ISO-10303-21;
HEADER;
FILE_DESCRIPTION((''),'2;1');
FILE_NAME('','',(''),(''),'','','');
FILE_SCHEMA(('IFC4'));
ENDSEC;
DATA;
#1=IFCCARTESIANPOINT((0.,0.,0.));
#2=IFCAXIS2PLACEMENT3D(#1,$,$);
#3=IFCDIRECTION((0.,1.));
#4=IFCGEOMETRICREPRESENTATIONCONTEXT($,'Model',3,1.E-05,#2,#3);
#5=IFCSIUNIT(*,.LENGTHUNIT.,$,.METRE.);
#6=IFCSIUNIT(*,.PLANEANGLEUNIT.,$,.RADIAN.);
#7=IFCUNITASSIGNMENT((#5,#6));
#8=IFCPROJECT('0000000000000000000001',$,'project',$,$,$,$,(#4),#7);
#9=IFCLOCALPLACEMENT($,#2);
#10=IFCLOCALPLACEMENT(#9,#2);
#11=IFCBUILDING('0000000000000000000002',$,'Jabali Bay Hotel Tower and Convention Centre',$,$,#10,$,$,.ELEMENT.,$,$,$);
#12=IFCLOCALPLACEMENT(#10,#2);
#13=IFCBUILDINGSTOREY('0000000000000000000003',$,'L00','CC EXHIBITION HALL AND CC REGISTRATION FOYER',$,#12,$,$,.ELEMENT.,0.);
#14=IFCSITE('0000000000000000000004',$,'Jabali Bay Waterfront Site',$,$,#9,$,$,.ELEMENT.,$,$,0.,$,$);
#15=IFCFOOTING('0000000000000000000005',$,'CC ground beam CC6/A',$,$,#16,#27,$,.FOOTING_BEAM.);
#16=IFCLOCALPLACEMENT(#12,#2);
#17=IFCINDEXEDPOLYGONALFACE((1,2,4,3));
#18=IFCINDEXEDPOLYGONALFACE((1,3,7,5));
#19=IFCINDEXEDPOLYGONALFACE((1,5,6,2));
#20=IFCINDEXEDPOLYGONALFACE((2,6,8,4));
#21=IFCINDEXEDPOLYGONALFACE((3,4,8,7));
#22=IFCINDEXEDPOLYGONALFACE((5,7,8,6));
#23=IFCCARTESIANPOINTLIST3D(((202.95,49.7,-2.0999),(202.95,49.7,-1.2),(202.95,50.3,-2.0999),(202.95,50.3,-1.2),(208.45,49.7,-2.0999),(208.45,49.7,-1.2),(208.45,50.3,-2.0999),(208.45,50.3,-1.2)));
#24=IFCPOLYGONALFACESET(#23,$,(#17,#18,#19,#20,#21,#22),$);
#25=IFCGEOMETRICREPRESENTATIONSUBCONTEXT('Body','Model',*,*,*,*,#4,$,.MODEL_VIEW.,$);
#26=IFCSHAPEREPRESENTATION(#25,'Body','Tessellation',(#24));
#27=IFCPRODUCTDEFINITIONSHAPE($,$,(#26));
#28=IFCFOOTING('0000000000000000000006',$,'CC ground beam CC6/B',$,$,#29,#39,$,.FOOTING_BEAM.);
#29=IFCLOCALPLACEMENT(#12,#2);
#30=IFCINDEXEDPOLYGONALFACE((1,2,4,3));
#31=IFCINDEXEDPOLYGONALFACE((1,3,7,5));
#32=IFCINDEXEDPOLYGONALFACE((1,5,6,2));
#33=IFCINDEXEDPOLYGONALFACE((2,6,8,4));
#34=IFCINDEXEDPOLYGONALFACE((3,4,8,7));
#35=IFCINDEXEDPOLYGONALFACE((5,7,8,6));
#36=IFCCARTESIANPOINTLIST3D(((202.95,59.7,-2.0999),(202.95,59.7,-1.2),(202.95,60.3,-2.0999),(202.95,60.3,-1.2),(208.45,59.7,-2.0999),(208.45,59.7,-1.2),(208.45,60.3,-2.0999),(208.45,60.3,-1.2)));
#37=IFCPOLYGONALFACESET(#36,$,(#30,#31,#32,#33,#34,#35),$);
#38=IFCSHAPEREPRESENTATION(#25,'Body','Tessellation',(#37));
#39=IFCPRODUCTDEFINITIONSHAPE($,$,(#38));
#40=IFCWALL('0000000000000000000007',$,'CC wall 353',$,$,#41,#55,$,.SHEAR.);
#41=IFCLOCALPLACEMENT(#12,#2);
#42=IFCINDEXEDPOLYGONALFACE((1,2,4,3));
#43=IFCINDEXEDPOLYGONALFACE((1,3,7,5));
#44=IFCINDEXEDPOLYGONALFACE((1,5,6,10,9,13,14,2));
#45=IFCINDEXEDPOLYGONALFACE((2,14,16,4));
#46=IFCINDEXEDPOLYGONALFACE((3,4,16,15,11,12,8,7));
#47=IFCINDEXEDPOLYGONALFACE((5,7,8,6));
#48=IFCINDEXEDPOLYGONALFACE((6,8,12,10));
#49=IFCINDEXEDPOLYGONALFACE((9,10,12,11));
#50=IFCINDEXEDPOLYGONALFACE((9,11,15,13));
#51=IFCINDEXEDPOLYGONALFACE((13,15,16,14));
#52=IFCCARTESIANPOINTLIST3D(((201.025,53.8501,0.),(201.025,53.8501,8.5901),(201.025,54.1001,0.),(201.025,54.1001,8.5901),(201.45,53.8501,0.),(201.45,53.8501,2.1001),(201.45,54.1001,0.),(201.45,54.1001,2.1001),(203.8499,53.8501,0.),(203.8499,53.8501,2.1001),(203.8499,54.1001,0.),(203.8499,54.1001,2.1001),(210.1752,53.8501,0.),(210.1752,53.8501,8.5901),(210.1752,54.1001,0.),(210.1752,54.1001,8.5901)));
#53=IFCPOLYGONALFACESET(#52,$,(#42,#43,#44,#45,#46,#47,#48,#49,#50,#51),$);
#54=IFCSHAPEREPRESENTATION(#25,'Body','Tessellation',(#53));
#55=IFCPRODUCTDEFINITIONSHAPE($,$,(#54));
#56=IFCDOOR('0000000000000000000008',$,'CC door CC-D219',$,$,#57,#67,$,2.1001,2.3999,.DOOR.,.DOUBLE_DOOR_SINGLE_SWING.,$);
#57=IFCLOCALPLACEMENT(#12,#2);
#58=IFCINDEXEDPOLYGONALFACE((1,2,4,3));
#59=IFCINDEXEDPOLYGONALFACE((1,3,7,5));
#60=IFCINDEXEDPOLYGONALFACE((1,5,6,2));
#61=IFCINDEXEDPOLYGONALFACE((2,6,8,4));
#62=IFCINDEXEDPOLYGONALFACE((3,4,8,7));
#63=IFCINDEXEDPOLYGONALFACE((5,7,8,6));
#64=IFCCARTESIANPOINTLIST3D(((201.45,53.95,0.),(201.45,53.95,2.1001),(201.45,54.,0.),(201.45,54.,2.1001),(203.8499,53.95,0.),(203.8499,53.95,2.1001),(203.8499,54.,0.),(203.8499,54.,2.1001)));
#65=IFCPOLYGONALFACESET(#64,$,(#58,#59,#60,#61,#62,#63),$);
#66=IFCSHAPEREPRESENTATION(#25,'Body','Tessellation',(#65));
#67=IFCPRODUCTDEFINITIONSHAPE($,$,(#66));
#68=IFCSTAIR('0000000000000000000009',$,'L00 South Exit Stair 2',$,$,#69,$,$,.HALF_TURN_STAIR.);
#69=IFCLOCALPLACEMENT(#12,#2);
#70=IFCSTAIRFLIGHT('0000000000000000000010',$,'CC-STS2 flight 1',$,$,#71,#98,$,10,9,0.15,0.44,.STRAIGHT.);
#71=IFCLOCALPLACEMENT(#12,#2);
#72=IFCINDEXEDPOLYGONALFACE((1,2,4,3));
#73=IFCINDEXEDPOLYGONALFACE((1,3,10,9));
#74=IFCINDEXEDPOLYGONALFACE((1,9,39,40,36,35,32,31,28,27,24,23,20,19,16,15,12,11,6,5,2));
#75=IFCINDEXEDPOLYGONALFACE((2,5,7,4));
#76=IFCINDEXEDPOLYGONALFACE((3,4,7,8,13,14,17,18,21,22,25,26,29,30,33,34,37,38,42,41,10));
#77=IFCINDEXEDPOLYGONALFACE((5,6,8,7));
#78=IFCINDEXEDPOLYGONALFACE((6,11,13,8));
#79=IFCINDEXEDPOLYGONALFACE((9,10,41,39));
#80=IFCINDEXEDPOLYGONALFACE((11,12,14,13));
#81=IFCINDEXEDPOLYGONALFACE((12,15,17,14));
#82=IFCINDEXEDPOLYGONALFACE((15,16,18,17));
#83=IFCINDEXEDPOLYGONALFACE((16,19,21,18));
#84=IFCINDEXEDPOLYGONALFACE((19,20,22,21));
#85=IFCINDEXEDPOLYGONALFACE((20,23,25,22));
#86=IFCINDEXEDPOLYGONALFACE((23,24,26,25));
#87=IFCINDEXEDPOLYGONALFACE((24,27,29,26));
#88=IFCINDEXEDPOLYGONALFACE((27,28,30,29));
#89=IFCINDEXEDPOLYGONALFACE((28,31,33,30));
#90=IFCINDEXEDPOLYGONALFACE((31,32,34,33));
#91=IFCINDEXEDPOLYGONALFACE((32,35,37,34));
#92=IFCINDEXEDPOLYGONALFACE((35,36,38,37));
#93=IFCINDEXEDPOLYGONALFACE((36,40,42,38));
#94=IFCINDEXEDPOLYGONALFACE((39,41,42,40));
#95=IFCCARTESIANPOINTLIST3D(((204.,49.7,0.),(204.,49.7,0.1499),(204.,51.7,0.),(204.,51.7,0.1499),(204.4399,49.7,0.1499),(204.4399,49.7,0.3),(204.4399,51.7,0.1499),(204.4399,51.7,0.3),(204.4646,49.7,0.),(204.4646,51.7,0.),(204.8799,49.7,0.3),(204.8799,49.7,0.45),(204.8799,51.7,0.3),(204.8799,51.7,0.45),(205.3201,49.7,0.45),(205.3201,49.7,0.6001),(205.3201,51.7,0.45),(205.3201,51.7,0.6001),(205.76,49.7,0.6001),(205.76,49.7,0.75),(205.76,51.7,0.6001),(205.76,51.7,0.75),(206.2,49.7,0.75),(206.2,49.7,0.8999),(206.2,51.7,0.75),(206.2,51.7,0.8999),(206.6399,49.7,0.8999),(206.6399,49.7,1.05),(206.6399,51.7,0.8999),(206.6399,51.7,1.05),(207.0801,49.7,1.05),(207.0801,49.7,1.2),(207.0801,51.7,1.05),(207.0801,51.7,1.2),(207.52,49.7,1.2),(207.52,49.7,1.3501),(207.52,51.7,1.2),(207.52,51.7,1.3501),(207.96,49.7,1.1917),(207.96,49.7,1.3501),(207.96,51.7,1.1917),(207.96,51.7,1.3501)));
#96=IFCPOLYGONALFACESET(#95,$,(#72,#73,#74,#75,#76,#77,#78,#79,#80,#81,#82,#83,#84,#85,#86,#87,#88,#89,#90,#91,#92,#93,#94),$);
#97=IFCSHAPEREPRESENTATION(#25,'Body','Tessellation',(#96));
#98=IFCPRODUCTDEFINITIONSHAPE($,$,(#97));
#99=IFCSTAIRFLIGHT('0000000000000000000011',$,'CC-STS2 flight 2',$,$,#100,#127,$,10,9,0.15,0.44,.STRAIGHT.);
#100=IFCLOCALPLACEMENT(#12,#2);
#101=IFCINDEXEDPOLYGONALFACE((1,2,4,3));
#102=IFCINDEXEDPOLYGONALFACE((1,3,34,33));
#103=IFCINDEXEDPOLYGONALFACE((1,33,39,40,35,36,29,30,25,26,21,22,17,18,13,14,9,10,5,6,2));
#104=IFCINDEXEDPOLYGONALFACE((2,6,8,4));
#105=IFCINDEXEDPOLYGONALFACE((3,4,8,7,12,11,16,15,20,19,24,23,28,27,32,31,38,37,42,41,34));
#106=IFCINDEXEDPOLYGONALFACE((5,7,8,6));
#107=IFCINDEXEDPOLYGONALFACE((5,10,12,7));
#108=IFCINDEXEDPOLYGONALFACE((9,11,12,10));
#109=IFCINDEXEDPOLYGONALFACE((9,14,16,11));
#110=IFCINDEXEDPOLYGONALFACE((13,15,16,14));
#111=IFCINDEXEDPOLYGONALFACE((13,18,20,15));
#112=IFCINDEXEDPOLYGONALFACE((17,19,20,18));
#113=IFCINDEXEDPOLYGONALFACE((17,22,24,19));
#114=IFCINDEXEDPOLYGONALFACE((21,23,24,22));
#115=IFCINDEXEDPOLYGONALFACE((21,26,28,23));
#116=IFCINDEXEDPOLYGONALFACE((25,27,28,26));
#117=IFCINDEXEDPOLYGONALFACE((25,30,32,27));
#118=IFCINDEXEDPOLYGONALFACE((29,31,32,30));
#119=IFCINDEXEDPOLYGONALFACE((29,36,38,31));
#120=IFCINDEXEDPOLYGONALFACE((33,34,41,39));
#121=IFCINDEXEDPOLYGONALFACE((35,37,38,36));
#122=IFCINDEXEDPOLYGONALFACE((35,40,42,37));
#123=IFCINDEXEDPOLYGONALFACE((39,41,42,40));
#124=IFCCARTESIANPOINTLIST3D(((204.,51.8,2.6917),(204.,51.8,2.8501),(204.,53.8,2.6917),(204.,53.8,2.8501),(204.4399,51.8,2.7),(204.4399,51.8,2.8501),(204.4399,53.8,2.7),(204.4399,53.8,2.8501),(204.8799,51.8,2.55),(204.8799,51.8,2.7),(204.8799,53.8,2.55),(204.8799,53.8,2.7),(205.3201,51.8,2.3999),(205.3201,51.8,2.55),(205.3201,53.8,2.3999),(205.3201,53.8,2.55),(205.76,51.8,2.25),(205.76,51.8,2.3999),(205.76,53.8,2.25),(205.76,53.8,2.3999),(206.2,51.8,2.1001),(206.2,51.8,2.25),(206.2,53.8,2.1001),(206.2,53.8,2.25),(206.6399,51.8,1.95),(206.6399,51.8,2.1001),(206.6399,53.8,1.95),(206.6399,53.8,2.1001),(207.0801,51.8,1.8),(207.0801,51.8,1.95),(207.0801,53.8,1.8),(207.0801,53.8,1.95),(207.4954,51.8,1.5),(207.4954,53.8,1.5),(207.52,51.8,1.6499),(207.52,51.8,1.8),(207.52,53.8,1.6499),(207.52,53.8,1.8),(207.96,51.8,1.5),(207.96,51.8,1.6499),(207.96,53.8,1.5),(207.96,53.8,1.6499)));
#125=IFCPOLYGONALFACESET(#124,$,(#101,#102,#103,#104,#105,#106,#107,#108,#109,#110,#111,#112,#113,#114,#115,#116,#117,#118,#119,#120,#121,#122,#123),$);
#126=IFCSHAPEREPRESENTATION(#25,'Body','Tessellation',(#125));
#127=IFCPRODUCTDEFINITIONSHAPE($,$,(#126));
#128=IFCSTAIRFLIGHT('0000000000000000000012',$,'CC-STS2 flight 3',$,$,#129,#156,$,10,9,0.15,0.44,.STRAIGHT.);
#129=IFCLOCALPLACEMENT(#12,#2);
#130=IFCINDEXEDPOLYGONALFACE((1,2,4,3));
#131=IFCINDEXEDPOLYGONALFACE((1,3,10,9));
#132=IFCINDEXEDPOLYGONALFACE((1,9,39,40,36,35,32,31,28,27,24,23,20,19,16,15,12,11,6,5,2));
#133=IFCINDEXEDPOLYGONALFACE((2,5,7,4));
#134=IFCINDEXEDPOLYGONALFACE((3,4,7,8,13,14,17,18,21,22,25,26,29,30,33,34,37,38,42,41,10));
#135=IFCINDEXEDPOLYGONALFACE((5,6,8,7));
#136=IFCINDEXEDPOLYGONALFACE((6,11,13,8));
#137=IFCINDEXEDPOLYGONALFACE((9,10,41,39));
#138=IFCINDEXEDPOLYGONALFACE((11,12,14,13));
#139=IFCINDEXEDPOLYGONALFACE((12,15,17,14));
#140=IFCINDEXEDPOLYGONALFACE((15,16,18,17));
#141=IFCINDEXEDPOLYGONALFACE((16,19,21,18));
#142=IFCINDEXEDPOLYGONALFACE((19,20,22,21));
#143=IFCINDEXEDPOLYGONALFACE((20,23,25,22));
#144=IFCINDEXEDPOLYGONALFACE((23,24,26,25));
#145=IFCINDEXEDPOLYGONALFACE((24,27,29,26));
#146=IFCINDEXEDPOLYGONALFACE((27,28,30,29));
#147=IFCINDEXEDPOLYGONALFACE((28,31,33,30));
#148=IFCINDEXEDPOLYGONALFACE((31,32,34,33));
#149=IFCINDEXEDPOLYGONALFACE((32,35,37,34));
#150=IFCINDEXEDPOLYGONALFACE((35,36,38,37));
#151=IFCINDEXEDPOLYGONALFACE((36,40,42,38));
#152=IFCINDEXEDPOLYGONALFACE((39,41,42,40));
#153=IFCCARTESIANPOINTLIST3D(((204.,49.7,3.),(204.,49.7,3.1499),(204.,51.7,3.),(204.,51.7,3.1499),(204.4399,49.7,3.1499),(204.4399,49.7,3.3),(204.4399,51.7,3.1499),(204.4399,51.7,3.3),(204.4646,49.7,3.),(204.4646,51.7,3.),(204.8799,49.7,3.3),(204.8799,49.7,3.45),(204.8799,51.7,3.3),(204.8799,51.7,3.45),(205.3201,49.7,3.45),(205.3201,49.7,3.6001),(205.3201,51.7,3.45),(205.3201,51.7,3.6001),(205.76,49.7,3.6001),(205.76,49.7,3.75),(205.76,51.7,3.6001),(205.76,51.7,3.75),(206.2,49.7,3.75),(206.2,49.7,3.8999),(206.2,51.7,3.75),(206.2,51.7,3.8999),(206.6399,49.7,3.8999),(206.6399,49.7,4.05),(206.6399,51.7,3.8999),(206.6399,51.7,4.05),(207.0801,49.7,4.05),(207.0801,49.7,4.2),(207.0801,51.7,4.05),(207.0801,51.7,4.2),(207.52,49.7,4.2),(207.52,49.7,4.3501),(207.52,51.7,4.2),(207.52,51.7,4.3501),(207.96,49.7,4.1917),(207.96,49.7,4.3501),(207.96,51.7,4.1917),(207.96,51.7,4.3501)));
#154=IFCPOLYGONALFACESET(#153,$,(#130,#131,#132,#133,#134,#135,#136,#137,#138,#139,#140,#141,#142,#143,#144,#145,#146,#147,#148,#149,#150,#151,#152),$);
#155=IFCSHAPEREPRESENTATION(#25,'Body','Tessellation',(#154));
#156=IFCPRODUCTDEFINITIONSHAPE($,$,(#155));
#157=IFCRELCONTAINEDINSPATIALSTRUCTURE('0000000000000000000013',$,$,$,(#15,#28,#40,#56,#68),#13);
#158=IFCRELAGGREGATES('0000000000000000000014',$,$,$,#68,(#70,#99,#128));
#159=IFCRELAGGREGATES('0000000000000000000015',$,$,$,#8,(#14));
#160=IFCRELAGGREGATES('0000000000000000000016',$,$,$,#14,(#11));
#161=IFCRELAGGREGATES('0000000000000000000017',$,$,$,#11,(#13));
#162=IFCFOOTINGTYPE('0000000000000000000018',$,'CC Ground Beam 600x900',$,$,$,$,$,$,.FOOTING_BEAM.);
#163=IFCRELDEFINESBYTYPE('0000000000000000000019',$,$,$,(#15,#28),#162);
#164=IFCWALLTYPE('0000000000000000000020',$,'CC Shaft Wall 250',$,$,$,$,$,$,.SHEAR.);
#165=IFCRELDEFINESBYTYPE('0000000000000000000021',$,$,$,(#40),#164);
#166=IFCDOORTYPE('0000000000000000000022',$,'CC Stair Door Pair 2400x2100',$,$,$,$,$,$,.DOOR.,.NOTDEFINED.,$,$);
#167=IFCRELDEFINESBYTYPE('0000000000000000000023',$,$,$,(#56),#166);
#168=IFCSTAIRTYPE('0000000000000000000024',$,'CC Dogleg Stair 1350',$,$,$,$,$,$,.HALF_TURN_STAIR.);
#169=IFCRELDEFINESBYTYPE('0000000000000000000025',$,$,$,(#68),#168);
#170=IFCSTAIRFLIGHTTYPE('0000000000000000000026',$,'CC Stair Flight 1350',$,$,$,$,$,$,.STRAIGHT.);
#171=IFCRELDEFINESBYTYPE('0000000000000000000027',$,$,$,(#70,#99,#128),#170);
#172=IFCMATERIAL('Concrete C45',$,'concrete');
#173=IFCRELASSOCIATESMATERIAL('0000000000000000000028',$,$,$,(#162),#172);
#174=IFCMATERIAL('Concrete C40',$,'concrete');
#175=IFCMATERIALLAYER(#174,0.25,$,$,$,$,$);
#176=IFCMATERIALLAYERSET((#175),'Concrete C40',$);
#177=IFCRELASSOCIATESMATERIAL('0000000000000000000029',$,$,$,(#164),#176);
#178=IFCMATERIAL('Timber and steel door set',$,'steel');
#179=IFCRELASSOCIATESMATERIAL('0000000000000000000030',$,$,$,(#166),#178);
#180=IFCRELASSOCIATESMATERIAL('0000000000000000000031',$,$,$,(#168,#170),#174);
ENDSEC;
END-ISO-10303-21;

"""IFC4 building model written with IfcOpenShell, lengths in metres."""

from ifc_helpers import new_model, si_unit, direction, frame, frame_2d, origin, origin_2d, place, context, subcontext, project, spatial, polyline, rectangle, outline, extrude, material, layer, layer_set, material_profile, profile_set, type_object, element, fill, aggregate, save


model = new_model("IFC4")

# Units and contexts
model_context = context("Model", 3, precision=1e-05, world=origin(), true_north=direction((0.0, 1.0)))
body_context = subcontext(model_context, "Body", "Model", "MODEL_VIEW")
ifc_project = project(units=[si_unit("LENGTHUNIT", "METRE"), si_unit("PLANEANGLEUNIT", "RADIAN")], contexts=[model_context])

# Site, building, storey
site_placement = place(None, origin())
site = spatial("IfcSite", under=ifc_project, at=site_placement, Name="Jabali Bay Waterfront Site", CompositionType="ELEMENT", RefElevation=0.0)
building_placement = place(site_placement, origin())
building = spatial("IfcBuilding", under=site, at=building_placement, Name="Jabali Bay Hotel Tower and Convention Centre", CompositionType="ELEMENT")
storey_placement = place(building_placement, origin())
storey = spatial("IfcBuildingStorey", under=building, at=storey_placement, Name="L00", Description="CC EXHIBITION HALL AND CC REGISTRATION FOYER", CompositionType="ELEMENT", Elevation=0.0)

# Footings
ifc_material_1 = material(Name="Concrete C45", Category="concrete")
ifc_material_profile = material_profile(ifc_material_1, rectangle(XDim=0.6001, YDim=0.8999, at=origin_2d()), Name="RC 600x900")
ifc_profile_set = profile_set([ifc_material_profile], Name="Concrete C45")
footing_type = type_object("IfcFootingType", Name="CC Ground Beam 600x900", PredefinedType="FOOTING_BEAM", material=ifc_profile_set)
for number, where, z_axis, x_axis, name in (
    (1, (202.95, 50.0, -1.6499), (1.0, 0.0, 0.0), (0.0, 1.0, 0.0), "CC ground beam CC6/A"),
    (2, (202.95, 60.0, -1.6499), (1.0, 0.0, 0.0), (0.0, 1.0, 0.0), "CC ground beam CC6/B"),
):
    element("IfcFooting", number, at=place(storey_placement, frame(where, z_axis=z_axis, x_axis=x_axis)), inside=storey, type_object=footing_type, Name=name, PredefinedType="FOOTING_BEAM", context=body_context, shape_type="SweptSolid", body=[
        extrude(rectangle(XDim=0.6001, YDim=0.8999, at=origin_2d()), origin(), (0.0, 0.0, 1.0), 5.5),
    ])

# Wall, opening, door
ifc_material_2 = material(Name="Concrete C40", Category="concrete")
ifc_layer = layer(ifc_material_2, 0.25)
ifc_layer_set = layer_set([ifc_layer], Name="Concrete C40")
wall_type = type_object("IfcWallType", Name="CC Shaft Wall 250", PredefinedType="SHEAR", material=ifc_layer_set)
wall_placement = place(storey_placement, frame((201.0249, 53.9751, 0.0), z_axis=(0.0, 0.0, 1.0), x_axis=(1.0, 0.0, 0.0)))
wall = element("IfcWall", 3, at=wall_placement, inside=storey, type_object=wall_type, Name="CC wall 353", PredefinedType="SHEAR", context=body_context, shape_type="SweptSolid", body=[
    extrude(rectangle(XDim=9.1501, YDim=0.25, at=frame_2d((4.5752, 0.0))), origin(), (0.0, 0.0, 1.0), 8.5901),
])
opening_placement = place(wall_placement, frame((0.425, 0.0, 0.0)))
opening = element("IfcOpeningElement", 4, at=opening_placement, cuts=wall, PredefinedType="OPENING", context=body_context, shape_type="SweptSolid", body=[
    extrude(rectangle(XDim=2.3999, YDim=2.1001, at=frame_2d((1.2, 1.05))), frame((0.0, 0.1355, 0.0), z_axis=(0.0, -1.0, 0.0), x_axis=(1.0, 0.0, 0.0)), (0.0, 0.0, 1.0), 0.271),
])
ifc_material_3 = material(Name="Timber and steel door set", Category="steel")
door_type = type_object("IfcDoorType", Name="CC Stair Door Pair 2400x2100", OperationType="NOTDEFINED", PredefinedType="DOOR", material=ifc_material_3)
door_placement = place(opening_placement, origin())
door = element("IfcDoor", 5, at=door_placement, inside=storey, type_object=door_type, Name="CC door CC-D219", OperationType="DOUBLE_DOOR_SINGLE_SWING", OverallHeight=2.1001, OverallWidth=2.3999, PredefinedType="DOOR", context=body_context, shape_type="SweptSolid", body=[
    extrude(rectangle(XDim=2.3999, YDim=2.1001, at=frame_2d((1.2, 1.05))), frame((0.0, 0.0249, 0.0), z_axis=(0.0, -1.0, 0.0), x_axis=(1.0, 0.0, 0.0)), (0.0, 0.0, 1.0), 0.05),
])
fill(opening, door)

# Stair, stair flights
stair_type = type_object("IfcStairType", Name="CC Dogleg Stair 1350", PredefinedType="HALF_TURN_STAIR", material=ifc_material_2)
stair_placement = place(storey_placement, origin())
stair = element("IfcStair", 6, at=stair_placement, inside=storey, type_object=stair_type, Name="L00 South Exit Stair 2", PredefinedType="HALF_TURN_STAIR")
stair_flight_type = type_object("IfcStairFlightType", Name="CC Stair Flight 1350", PredefinedType="STRAIGHT", material=ifc_material_2)
stair_flight_1_placement = place(storey_placement, frame((204.0, 50.7, 0.0), z_axis=(0.0, 0.0, 1.0), x_axis=(1.0, 0.0, 0.0)))
stair_flight_1 = element("IfcStairFlight", 7, at=stair_flight_1_placement, type_object=stair_flight_type, Name="CC-STS2 flight 1", NumberOfRisers=10, NumberOfTreads=9, PredefinedType="STRAIGHT", RiserHeight=0.15, TreadLength=0.44, context=body_context, shape_type="SweptSolid", body=[
    extrude(outline(polyline([(0.0, 0.0), (0.0, 0.1499), (0.4399, 0.1499), (0.4399, 0.3), (0.8799, 0.3), (0.8799, 0.45), (1.3201, 0.45), (1.3201, 0.6001), (1.76, 0.6001), (1.76, 0.75), (2.2, 0.75), (2.2, 0.8999), (2.6399, 0.8999), (2.6399, 1.05), (3.0801, 1.05), (3.0801, 1.2), (3.52, 1.2), (3.52, 1.3501), (3.96, 1.3501), (3.96, 1.5), (3.96, 1.1917), (0.4646, 0.0), (0.0, 0.0)])), frame((0.0, 1.0, 0.0), z_axis=(0.0, -1.0, 0.0), x_axis=(1.0, 0.0, 0.0)), (0.0, 0.0, 1.0), 2.0),
])
stair_flight_2_placement = place(storey_placement, frame((207.96, 52.8, 1.5), z_axis=(0.0, 0.0, 1.0), x_axis=(-1.0, 0.0, 0.0)))
stair_flight_2 = element("IfcStairFlight", 8, at=stair_flight_2_placement, type_object=stair_flight_type, Name="CC-STS2 flight 2", NumberOfRisers=10, NumberOfTreads=9, PredefinedType="STRAIGHT", RiserHeight=0.15, TreadLength=0.44, context=body_context, shape_type="SweptSolid", body=[
    extrude(outline(polyline([(0.0, 0.0), (0.0, 0.1499), (0.4399, 0.1499), (0.4399, 0.3), (0.8799, 0.3), (0.8799, 0.45), (1.3201, 0.45), (1.3201, 0.6001), (1.76, 0.6001), (1.76, 0.75), (2.2, 0.75), (2.2, 0.8999), (2.6399, 0.8999), (2.6399, 1.05), (3.0801, 1.05), (3.0801, 1.2), (3.52, 1.2), (3.52, 1.3501), (3.96, 1.3501), (3.96, 1.5), (3.96, 1.1917), (0.4646, 0.0), (0.0, 0.0)])), frame((0.0, 1.0, 0.0), z_axis=(0.0, -1.0, 0.0), x_axis=(1.0, 0.0, 0.0)), (0.0, 0.0, 1.0), 2.0),
])
stair_flight_3_placement = place(storey_placement, frame((204.0, 50.7, 3.0), z_axis=(0.0, 0.0, 1.0), x_axis=(1.0, 0.0, 0.0)))
stair_flight_3 = element("IfcStairFlight", 9, at=stair_flight_3_placement, type_object=stair_flight_type, Name="CC-STS2 flight 3", NumberOfRisers=10, NumberOfTreads=9, PredefinedType="STRAIGHT", RiserHeight=0.15, TreadLength=0.44, context=body_context, shape_type="SweptSolid", body=[
    extrude(outline(polyline([(0.0, 0.0), (0.0, 0.1499), (0.4399, 0.1499), (0.4399, 0.3), (0.8799, 0.3), (0.8799, 0.45), (1.3201, 0.45), (1.3201, 0.6001), (1.76, 0.6001), (1.76, 0.75), (2.2, 0.75), (2.2, 0.8999), (2.6399, 0.8999), (2.6399, 1.05), (3.0801, 1.05), (3.0801, 1.2), (3.52, 1.2), (3.52, 1.3501), (3.96, 1.3501), (3.96, 1.5), (3.96, 1.1917), (0.4646, 0.0), (0.0, 0.0)])), frame((0.0, 1.0, 0.0), z_axis=(0.0, -1.0, 0.0), x_axis=(1.0, 0.0, 0.0)), (0.0, 0.0, 1.0), 2.0),
])
aggregate(stair, [stair_flight_1, stair_flight_2, stair_flight_3])

save(model, "model.ifc")
